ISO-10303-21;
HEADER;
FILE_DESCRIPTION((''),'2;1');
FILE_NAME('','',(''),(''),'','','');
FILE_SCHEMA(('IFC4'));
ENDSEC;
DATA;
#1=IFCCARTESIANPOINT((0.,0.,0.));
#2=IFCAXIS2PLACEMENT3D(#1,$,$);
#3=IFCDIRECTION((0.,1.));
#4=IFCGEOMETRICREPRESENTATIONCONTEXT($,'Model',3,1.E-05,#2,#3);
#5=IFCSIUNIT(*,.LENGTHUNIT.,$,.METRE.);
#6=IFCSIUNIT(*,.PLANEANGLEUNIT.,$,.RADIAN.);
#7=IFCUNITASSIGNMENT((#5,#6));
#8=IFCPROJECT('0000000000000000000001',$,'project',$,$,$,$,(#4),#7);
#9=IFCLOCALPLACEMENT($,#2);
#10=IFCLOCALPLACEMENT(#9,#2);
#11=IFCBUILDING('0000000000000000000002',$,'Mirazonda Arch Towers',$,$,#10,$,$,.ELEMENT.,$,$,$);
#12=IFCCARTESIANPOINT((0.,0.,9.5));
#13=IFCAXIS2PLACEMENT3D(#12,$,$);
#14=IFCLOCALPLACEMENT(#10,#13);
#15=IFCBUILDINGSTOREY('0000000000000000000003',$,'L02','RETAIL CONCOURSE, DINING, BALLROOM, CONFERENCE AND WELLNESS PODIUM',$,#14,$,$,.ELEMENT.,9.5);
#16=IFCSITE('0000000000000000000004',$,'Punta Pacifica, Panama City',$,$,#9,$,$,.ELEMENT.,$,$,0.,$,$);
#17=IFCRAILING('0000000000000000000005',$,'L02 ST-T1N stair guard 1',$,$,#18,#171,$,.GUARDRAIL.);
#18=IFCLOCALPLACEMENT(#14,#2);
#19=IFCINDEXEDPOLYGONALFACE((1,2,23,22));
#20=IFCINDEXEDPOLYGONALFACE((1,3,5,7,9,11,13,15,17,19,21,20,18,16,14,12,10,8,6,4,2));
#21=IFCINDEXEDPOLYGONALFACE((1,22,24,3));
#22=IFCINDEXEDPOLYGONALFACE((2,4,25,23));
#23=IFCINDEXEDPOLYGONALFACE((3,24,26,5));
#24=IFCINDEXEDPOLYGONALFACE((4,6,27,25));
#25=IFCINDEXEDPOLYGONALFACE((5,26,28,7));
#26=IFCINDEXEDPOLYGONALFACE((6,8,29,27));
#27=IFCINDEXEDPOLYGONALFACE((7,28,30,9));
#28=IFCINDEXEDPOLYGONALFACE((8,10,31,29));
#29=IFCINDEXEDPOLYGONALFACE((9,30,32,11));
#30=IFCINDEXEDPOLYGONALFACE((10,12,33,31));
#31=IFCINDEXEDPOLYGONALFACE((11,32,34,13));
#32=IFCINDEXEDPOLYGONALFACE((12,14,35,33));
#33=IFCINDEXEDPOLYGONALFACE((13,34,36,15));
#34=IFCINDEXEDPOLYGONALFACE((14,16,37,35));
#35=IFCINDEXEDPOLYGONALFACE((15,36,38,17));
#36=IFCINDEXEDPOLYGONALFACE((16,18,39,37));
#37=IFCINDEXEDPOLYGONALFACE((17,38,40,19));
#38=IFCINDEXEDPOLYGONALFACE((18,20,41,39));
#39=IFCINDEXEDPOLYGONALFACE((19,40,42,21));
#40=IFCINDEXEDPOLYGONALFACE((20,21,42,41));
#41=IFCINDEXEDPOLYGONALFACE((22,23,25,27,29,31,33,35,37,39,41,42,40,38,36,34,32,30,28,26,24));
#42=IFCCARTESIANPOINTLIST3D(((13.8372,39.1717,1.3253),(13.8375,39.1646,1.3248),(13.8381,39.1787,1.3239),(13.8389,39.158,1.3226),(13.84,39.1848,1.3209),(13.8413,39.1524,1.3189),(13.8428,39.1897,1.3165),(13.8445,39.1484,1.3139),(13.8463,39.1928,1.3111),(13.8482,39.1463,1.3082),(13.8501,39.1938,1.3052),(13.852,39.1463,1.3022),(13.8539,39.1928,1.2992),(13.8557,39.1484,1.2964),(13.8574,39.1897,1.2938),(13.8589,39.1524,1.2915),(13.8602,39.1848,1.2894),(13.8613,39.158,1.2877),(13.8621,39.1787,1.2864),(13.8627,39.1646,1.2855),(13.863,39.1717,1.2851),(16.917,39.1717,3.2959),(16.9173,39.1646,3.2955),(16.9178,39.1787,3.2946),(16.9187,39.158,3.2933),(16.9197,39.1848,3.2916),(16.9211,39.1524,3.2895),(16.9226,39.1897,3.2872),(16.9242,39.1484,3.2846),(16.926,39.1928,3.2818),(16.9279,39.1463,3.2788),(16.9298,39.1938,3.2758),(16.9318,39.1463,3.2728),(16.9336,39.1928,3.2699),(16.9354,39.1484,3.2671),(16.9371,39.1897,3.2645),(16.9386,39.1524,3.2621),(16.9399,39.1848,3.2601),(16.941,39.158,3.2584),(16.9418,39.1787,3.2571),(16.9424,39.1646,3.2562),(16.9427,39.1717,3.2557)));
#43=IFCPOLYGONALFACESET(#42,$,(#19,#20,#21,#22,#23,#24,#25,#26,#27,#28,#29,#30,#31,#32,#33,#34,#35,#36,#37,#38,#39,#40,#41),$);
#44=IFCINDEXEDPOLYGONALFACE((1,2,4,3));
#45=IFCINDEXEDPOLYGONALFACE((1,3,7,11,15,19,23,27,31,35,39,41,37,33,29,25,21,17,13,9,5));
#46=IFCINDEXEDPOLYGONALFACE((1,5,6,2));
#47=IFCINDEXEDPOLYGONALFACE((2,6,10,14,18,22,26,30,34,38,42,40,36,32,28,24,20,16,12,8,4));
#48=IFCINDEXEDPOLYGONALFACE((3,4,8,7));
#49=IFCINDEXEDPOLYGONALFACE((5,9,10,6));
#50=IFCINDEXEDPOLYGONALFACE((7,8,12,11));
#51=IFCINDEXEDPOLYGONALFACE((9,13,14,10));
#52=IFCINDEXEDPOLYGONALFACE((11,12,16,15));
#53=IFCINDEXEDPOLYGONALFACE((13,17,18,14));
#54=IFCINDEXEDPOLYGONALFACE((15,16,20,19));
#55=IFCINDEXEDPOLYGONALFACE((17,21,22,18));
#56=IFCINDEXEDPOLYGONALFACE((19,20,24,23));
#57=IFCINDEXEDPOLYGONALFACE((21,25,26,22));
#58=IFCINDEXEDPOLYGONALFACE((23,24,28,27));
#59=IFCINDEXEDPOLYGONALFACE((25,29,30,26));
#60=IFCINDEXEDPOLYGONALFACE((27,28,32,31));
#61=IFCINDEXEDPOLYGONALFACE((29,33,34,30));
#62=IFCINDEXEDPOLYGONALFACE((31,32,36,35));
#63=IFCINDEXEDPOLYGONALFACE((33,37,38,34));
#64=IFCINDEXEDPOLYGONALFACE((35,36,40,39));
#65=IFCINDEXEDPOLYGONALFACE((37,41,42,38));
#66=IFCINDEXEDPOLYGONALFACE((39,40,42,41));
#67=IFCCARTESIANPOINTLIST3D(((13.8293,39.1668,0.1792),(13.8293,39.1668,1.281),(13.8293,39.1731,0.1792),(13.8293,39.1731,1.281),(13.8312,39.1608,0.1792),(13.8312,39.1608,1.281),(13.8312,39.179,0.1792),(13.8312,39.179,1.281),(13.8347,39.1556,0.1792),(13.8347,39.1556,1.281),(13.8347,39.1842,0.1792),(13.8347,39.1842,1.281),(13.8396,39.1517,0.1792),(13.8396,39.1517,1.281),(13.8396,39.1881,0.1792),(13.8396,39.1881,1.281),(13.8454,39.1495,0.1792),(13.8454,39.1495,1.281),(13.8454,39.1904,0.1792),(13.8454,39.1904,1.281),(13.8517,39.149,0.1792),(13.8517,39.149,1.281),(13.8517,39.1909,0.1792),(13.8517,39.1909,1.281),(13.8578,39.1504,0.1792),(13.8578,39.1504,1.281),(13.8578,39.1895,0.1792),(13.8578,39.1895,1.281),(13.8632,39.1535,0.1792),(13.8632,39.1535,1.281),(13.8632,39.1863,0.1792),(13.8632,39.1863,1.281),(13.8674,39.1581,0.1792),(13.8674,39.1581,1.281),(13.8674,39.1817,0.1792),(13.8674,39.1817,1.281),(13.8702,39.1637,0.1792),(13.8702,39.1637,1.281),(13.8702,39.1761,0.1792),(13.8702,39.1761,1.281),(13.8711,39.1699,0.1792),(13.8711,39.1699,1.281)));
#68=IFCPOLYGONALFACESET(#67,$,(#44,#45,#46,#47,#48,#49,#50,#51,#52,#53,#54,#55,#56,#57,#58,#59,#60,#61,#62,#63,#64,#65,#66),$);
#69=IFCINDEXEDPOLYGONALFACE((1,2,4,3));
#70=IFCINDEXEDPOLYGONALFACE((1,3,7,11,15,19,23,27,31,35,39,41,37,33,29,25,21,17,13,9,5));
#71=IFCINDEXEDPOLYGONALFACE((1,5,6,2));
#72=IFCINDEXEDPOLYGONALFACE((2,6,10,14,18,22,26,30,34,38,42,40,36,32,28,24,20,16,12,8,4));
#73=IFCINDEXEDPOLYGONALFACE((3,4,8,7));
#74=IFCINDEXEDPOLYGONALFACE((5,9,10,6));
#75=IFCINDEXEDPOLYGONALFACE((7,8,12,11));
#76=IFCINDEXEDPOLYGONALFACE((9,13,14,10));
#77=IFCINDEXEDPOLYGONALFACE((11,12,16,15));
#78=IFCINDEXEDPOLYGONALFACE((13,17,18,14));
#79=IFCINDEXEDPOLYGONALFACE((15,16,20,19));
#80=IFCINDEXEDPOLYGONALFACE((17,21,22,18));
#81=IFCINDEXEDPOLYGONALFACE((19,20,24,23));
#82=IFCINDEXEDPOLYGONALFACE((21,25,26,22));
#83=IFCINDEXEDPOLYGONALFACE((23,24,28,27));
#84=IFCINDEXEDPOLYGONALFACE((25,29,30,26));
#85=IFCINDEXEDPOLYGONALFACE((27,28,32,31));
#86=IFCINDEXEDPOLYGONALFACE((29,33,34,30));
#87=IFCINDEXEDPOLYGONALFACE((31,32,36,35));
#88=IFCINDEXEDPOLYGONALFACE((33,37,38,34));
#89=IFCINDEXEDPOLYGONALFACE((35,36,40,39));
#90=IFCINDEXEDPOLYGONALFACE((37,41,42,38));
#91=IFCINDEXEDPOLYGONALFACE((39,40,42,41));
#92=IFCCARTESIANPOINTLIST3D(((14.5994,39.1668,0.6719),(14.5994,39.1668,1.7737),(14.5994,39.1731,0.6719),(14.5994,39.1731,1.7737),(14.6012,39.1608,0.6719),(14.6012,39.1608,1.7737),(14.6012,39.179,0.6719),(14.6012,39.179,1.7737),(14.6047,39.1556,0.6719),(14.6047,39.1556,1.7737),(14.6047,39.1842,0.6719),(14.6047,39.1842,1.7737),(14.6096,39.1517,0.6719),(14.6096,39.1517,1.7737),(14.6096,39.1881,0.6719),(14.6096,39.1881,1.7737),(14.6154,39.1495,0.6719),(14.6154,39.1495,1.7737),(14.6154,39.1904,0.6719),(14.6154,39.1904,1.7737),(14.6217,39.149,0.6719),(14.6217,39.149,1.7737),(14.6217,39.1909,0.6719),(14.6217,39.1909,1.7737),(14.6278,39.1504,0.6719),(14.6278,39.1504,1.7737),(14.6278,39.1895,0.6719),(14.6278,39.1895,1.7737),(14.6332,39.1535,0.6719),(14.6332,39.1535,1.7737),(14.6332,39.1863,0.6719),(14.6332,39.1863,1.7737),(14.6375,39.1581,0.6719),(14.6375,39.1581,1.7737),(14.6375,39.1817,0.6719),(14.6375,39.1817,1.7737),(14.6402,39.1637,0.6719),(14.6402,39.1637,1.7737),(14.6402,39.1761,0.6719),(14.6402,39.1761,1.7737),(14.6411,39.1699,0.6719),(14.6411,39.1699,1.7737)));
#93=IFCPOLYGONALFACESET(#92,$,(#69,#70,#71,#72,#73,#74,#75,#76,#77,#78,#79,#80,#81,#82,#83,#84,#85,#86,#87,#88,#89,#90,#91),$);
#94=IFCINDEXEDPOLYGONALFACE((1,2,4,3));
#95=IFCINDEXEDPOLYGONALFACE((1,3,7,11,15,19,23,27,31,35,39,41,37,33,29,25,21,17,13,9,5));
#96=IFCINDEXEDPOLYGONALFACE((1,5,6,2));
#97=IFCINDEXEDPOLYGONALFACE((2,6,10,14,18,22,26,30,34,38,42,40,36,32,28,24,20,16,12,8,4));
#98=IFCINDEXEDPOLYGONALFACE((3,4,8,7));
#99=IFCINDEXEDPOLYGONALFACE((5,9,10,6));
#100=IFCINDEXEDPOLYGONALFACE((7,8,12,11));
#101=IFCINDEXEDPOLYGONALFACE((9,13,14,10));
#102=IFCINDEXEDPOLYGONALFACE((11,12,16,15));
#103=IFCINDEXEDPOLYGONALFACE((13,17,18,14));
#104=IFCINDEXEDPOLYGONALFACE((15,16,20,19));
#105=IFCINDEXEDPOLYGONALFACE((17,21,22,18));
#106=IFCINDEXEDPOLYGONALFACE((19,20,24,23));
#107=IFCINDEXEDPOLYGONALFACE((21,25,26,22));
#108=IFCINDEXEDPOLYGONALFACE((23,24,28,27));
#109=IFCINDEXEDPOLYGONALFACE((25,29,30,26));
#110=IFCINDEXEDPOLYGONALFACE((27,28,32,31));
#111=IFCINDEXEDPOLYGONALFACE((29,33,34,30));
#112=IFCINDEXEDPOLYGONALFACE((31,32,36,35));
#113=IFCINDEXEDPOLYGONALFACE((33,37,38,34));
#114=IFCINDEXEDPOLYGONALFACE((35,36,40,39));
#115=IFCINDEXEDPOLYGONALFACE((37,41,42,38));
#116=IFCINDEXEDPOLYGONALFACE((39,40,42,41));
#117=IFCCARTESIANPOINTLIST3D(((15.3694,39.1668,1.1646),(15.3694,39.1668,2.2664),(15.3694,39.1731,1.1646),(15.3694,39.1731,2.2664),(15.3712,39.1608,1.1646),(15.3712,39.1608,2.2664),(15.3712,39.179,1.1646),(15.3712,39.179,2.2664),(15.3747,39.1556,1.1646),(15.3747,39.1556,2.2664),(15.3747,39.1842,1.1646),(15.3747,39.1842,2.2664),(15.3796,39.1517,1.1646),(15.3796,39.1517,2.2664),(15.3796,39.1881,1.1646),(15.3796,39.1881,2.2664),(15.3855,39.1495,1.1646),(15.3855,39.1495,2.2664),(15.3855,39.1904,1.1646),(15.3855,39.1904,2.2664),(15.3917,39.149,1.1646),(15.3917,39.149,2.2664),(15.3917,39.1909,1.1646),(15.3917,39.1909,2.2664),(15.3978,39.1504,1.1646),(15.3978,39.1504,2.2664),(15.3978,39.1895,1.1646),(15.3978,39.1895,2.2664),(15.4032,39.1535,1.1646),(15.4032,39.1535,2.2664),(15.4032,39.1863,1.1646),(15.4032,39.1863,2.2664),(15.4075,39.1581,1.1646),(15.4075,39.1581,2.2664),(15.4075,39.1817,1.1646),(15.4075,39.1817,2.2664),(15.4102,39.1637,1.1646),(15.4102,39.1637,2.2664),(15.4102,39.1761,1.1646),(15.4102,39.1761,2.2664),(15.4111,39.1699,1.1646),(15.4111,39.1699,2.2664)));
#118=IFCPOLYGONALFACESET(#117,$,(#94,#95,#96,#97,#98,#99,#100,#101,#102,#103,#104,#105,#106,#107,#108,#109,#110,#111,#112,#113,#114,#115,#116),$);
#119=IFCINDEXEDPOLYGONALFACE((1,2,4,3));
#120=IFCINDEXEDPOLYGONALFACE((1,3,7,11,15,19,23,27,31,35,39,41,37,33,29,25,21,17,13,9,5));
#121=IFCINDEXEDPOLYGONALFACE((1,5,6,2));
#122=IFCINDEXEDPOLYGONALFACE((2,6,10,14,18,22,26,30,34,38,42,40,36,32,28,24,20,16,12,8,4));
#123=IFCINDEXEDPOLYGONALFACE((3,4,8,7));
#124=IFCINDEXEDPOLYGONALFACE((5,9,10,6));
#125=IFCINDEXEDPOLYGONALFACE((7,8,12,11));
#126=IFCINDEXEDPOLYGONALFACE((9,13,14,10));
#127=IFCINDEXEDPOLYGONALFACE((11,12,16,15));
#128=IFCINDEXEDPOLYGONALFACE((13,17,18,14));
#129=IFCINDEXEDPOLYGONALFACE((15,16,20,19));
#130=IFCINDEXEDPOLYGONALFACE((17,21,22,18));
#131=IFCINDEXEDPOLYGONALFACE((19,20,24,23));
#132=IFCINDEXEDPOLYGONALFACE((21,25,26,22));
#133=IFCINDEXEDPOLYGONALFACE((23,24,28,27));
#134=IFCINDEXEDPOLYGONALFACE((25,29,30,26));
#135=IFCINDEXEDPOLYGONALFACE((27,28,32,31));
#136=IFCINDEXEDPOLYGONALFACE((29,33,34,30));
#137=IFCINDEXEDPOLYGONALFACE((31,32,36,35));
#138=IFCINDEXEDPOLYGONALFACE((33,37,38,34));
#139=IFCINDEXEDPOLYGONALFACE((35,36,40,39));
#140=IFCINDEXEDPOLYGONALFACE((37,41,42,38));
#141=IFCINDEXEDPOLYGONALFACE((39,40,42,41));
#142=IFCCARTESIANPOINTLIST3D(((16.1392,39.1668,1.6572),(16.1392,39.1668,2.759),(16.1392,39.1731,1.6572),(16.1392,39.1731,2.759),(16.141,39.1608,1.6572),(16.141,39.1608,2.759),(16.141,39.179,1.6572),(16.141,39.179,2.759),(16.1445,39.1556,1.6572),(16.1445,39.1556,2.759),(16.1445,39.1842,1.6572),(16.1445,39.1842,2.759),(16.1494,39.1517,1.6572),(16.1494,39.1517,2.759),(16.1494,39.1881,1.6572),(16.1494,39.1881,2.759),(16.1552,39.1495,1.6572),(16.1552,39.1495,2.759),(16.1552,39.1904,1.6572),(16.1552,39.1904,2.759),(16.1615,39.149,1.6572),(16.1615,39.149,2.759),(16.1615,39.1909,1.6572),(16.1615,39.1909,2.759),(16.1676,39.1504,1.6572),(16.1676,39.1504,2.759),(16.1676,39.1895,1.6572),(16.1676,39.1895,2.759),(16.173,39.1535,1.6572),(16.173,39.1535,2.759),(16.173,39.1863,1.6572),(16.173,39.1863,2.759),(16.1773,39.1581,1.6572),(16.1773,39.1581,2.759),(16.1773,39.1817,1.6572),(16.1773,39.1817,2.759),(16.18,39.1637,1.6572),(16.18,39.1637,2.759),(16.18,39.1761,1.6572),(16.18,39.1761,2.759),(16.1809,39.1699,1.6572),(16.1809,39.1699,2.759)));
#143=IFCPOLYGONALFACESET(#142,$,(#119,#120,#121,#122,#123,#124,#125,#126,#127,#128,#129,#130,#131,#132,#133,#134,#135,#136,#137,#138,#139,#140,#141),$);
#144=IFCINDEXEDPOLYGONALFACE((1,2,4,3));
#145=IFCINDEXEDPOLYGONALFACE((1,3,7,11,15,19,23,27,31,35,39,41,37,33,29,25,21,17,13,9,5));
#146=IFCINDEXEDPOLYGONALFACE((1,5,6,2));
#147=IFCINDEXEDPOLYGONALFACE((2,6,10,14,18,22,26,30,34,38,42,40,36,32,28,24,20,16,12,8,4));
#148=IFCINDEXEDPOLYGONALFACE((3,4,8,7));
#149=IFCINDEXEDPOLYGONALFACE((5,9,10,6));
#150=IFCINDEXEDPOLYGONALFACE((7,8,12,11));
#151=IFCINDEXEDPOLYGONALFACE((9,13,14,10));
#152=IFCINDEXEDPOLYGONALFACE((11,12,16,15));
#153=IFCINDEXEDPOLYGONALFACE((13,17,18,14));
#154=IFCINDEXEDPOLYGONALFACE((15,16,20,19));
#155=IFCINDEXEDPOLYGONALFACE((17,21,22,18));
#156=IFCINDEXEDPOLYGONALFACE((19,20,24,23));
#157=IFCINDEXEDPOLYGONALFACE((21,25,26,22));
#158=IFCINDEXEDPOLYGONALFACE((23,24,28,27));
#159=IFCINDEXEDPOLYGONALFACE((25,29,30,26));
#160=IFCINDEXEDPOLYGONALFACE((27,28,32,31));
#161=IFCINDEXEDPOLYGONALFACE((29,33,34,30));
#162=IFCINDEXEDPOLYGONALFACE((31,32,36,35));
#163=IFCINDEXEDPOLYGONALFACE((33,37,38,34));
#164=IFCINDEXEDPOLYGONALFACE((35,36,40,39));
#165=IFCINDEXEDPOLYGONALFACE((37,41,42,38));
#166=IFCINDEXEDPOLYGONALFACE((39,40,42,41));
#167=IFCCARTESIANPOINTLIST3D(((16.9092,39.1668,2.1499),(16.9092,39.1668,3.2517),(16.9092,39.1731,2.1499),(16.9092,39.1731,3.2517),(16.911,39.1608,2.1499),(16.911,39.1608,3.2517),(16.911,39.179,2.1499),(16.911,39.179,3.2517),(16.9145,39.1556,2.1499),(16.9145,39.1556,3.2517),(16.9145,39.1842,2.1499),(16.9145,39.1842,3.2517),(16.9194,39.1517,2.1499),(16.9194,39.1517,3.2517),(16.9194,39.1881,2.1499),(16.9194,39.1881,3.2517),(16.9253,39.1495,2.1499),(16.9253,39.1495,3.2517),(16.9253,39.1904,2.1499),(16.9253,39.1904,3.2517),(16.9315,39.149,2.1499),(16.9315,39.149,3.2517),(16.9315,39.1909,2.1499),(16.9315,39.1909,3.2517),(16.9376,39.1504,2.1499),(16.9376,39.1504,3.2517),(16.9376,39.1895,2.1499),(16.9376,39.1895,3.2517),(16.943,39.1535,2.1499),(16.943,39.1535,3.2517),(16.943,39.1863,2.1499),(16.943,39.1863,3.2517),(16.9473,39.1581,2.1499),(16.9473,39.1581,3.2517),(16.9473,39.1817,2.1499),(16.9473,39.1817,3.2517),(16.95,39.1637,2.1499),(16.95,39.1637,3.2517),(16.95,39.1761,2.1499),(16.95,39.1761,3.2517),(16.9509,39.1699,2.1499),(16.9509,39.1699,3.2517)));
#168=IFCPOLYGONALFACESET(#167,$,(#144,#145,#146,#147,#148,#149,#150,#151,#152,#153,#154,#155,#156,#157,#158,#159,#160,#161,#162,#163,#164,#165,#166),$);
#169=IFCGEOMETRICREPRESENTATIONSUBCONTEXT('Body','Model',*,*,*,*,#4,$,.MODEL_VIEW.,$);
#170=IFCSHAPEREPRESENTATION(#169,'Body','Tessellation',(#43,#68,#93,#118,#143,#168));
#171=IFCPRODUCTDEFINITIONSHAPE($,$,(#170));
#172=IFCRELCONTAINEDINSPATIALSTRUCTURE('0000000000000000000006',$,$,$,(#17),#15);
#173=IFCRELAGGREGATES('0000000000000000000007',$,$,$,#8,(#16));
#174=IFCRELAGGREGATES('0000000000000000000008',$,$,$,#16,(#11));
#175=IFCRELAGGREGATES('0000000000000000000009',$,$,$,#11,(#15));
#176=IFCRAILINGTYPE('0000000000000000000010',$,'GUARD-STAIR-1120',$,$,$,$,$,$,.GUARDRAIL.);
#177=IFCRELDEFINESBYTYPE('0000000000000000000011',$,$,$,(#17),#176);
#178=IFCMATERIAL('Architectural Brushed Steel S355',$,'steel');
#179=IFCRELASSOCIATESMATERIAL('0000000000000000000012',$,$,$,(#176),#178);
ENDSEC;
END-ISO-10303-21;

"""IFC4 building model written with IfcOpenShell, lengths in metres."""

from ifc_helpers import new_model, si_unit, direction, frame, origin, origin_2d, place, context, subcontext, project, spatial, circle, extrude, material, type_object, element, save


model = new_model("IFC4")

# Units and contexts
model_context = context("Model", 3, precision=1e-05, world=origin(), true_north=direction((0.0, 1.0)))
body_context = subcontext(model_context, "Body", "Model", "MODEL_VIEW")
ifc_project = project(units=[si_unit("LENGTHUNIT", "METRE"), si_unit("PLANEANGLEUNIT", "RADIAN")], contexts=[model_context])

# Site, building, storey
site_placement = place(None, origin())
site = spatial("IfcSite", under=ifc_project, at=site_placement, Name="Punta Pacifica, Panama City", CompositionType="ELEMENT", RefElevation=0.0)
building_placement = place(site_placement, origin())
building = spatial("IfcBuilding", under=site, at=building_placement, Name="Mirazonda Arch Towers", CompositionType="ELEMENT")
storey_placement = place(building_placement, frame((0.0, 0.0, 9.5)))
storey = spatial("IfcBuildingStorey", under=building, at=storey_placement, Name="L02", Description="RETAIL CONCOURSE, DINING, BALLROOM, CONFERENCE AND WELLNESS PODIUM", CompositionType="ELEMENT", Elevation=9.5)

# Shared definitions
ifc_material_1 = material(Name="Architectural Brushed Steel S355", Category="steel")

# Railing
railing_type_1 = type_object("IfcRailingType", Name="GUARD-STAIR-1120", PredefinedType="GUARDRAIL", material=ifc_material_1)
railing_1_placement = place(storey_placement, frame((13.8501, 39.1699, 0.1792)))
element("IfcRailing", 1, at=railing_1_placement, inside=storey, type_object=railing_type_1, Name="L02 ST-T1N stair guard 1", PredefinedType="GUARDRAIL", context=body_context, shape_type="SweptSolid", body=[
    extrude(circle(Radius=0.0239, at=origin_2d()), frame((0.0, 0.0, 1.126), z_axis=(0.84232, 0.0, 0.538978), x_axis=(0.0, 1.0, 0.0)), (0.0, 0.0, 1.0), 3.6562),
    extrude(circle(Radius=0.021, at=origin_2d()), origin(), (0.0, 0.0, 1.0), 1.1018),
    extrude(circle(Radius=0.021, at=origin_2d()), frame((0.77, 0.0, 0.4927)), (0.0, 0.0, 1.0), 1.1018),
    extrude(circle(Radius=0.021, at=origin_2d()), frame((1.54, 0.0, 0.9854)), (0.0, 0.0, 1.0), 1.1018),
    extrude(circle(Radius=0.021, at=origin_2d()), frame((2.3098, 0.0, 1.478)), (0.0, 0.0, 1.0), 1.1018),
    extrude(circle(Radius=0.021, at=origin_2d()), frame((3.0798, 0.0, 1.9707)), (0.0, 0.0, 1.0), 1.1018),
])

save(model, "model.ifc")
